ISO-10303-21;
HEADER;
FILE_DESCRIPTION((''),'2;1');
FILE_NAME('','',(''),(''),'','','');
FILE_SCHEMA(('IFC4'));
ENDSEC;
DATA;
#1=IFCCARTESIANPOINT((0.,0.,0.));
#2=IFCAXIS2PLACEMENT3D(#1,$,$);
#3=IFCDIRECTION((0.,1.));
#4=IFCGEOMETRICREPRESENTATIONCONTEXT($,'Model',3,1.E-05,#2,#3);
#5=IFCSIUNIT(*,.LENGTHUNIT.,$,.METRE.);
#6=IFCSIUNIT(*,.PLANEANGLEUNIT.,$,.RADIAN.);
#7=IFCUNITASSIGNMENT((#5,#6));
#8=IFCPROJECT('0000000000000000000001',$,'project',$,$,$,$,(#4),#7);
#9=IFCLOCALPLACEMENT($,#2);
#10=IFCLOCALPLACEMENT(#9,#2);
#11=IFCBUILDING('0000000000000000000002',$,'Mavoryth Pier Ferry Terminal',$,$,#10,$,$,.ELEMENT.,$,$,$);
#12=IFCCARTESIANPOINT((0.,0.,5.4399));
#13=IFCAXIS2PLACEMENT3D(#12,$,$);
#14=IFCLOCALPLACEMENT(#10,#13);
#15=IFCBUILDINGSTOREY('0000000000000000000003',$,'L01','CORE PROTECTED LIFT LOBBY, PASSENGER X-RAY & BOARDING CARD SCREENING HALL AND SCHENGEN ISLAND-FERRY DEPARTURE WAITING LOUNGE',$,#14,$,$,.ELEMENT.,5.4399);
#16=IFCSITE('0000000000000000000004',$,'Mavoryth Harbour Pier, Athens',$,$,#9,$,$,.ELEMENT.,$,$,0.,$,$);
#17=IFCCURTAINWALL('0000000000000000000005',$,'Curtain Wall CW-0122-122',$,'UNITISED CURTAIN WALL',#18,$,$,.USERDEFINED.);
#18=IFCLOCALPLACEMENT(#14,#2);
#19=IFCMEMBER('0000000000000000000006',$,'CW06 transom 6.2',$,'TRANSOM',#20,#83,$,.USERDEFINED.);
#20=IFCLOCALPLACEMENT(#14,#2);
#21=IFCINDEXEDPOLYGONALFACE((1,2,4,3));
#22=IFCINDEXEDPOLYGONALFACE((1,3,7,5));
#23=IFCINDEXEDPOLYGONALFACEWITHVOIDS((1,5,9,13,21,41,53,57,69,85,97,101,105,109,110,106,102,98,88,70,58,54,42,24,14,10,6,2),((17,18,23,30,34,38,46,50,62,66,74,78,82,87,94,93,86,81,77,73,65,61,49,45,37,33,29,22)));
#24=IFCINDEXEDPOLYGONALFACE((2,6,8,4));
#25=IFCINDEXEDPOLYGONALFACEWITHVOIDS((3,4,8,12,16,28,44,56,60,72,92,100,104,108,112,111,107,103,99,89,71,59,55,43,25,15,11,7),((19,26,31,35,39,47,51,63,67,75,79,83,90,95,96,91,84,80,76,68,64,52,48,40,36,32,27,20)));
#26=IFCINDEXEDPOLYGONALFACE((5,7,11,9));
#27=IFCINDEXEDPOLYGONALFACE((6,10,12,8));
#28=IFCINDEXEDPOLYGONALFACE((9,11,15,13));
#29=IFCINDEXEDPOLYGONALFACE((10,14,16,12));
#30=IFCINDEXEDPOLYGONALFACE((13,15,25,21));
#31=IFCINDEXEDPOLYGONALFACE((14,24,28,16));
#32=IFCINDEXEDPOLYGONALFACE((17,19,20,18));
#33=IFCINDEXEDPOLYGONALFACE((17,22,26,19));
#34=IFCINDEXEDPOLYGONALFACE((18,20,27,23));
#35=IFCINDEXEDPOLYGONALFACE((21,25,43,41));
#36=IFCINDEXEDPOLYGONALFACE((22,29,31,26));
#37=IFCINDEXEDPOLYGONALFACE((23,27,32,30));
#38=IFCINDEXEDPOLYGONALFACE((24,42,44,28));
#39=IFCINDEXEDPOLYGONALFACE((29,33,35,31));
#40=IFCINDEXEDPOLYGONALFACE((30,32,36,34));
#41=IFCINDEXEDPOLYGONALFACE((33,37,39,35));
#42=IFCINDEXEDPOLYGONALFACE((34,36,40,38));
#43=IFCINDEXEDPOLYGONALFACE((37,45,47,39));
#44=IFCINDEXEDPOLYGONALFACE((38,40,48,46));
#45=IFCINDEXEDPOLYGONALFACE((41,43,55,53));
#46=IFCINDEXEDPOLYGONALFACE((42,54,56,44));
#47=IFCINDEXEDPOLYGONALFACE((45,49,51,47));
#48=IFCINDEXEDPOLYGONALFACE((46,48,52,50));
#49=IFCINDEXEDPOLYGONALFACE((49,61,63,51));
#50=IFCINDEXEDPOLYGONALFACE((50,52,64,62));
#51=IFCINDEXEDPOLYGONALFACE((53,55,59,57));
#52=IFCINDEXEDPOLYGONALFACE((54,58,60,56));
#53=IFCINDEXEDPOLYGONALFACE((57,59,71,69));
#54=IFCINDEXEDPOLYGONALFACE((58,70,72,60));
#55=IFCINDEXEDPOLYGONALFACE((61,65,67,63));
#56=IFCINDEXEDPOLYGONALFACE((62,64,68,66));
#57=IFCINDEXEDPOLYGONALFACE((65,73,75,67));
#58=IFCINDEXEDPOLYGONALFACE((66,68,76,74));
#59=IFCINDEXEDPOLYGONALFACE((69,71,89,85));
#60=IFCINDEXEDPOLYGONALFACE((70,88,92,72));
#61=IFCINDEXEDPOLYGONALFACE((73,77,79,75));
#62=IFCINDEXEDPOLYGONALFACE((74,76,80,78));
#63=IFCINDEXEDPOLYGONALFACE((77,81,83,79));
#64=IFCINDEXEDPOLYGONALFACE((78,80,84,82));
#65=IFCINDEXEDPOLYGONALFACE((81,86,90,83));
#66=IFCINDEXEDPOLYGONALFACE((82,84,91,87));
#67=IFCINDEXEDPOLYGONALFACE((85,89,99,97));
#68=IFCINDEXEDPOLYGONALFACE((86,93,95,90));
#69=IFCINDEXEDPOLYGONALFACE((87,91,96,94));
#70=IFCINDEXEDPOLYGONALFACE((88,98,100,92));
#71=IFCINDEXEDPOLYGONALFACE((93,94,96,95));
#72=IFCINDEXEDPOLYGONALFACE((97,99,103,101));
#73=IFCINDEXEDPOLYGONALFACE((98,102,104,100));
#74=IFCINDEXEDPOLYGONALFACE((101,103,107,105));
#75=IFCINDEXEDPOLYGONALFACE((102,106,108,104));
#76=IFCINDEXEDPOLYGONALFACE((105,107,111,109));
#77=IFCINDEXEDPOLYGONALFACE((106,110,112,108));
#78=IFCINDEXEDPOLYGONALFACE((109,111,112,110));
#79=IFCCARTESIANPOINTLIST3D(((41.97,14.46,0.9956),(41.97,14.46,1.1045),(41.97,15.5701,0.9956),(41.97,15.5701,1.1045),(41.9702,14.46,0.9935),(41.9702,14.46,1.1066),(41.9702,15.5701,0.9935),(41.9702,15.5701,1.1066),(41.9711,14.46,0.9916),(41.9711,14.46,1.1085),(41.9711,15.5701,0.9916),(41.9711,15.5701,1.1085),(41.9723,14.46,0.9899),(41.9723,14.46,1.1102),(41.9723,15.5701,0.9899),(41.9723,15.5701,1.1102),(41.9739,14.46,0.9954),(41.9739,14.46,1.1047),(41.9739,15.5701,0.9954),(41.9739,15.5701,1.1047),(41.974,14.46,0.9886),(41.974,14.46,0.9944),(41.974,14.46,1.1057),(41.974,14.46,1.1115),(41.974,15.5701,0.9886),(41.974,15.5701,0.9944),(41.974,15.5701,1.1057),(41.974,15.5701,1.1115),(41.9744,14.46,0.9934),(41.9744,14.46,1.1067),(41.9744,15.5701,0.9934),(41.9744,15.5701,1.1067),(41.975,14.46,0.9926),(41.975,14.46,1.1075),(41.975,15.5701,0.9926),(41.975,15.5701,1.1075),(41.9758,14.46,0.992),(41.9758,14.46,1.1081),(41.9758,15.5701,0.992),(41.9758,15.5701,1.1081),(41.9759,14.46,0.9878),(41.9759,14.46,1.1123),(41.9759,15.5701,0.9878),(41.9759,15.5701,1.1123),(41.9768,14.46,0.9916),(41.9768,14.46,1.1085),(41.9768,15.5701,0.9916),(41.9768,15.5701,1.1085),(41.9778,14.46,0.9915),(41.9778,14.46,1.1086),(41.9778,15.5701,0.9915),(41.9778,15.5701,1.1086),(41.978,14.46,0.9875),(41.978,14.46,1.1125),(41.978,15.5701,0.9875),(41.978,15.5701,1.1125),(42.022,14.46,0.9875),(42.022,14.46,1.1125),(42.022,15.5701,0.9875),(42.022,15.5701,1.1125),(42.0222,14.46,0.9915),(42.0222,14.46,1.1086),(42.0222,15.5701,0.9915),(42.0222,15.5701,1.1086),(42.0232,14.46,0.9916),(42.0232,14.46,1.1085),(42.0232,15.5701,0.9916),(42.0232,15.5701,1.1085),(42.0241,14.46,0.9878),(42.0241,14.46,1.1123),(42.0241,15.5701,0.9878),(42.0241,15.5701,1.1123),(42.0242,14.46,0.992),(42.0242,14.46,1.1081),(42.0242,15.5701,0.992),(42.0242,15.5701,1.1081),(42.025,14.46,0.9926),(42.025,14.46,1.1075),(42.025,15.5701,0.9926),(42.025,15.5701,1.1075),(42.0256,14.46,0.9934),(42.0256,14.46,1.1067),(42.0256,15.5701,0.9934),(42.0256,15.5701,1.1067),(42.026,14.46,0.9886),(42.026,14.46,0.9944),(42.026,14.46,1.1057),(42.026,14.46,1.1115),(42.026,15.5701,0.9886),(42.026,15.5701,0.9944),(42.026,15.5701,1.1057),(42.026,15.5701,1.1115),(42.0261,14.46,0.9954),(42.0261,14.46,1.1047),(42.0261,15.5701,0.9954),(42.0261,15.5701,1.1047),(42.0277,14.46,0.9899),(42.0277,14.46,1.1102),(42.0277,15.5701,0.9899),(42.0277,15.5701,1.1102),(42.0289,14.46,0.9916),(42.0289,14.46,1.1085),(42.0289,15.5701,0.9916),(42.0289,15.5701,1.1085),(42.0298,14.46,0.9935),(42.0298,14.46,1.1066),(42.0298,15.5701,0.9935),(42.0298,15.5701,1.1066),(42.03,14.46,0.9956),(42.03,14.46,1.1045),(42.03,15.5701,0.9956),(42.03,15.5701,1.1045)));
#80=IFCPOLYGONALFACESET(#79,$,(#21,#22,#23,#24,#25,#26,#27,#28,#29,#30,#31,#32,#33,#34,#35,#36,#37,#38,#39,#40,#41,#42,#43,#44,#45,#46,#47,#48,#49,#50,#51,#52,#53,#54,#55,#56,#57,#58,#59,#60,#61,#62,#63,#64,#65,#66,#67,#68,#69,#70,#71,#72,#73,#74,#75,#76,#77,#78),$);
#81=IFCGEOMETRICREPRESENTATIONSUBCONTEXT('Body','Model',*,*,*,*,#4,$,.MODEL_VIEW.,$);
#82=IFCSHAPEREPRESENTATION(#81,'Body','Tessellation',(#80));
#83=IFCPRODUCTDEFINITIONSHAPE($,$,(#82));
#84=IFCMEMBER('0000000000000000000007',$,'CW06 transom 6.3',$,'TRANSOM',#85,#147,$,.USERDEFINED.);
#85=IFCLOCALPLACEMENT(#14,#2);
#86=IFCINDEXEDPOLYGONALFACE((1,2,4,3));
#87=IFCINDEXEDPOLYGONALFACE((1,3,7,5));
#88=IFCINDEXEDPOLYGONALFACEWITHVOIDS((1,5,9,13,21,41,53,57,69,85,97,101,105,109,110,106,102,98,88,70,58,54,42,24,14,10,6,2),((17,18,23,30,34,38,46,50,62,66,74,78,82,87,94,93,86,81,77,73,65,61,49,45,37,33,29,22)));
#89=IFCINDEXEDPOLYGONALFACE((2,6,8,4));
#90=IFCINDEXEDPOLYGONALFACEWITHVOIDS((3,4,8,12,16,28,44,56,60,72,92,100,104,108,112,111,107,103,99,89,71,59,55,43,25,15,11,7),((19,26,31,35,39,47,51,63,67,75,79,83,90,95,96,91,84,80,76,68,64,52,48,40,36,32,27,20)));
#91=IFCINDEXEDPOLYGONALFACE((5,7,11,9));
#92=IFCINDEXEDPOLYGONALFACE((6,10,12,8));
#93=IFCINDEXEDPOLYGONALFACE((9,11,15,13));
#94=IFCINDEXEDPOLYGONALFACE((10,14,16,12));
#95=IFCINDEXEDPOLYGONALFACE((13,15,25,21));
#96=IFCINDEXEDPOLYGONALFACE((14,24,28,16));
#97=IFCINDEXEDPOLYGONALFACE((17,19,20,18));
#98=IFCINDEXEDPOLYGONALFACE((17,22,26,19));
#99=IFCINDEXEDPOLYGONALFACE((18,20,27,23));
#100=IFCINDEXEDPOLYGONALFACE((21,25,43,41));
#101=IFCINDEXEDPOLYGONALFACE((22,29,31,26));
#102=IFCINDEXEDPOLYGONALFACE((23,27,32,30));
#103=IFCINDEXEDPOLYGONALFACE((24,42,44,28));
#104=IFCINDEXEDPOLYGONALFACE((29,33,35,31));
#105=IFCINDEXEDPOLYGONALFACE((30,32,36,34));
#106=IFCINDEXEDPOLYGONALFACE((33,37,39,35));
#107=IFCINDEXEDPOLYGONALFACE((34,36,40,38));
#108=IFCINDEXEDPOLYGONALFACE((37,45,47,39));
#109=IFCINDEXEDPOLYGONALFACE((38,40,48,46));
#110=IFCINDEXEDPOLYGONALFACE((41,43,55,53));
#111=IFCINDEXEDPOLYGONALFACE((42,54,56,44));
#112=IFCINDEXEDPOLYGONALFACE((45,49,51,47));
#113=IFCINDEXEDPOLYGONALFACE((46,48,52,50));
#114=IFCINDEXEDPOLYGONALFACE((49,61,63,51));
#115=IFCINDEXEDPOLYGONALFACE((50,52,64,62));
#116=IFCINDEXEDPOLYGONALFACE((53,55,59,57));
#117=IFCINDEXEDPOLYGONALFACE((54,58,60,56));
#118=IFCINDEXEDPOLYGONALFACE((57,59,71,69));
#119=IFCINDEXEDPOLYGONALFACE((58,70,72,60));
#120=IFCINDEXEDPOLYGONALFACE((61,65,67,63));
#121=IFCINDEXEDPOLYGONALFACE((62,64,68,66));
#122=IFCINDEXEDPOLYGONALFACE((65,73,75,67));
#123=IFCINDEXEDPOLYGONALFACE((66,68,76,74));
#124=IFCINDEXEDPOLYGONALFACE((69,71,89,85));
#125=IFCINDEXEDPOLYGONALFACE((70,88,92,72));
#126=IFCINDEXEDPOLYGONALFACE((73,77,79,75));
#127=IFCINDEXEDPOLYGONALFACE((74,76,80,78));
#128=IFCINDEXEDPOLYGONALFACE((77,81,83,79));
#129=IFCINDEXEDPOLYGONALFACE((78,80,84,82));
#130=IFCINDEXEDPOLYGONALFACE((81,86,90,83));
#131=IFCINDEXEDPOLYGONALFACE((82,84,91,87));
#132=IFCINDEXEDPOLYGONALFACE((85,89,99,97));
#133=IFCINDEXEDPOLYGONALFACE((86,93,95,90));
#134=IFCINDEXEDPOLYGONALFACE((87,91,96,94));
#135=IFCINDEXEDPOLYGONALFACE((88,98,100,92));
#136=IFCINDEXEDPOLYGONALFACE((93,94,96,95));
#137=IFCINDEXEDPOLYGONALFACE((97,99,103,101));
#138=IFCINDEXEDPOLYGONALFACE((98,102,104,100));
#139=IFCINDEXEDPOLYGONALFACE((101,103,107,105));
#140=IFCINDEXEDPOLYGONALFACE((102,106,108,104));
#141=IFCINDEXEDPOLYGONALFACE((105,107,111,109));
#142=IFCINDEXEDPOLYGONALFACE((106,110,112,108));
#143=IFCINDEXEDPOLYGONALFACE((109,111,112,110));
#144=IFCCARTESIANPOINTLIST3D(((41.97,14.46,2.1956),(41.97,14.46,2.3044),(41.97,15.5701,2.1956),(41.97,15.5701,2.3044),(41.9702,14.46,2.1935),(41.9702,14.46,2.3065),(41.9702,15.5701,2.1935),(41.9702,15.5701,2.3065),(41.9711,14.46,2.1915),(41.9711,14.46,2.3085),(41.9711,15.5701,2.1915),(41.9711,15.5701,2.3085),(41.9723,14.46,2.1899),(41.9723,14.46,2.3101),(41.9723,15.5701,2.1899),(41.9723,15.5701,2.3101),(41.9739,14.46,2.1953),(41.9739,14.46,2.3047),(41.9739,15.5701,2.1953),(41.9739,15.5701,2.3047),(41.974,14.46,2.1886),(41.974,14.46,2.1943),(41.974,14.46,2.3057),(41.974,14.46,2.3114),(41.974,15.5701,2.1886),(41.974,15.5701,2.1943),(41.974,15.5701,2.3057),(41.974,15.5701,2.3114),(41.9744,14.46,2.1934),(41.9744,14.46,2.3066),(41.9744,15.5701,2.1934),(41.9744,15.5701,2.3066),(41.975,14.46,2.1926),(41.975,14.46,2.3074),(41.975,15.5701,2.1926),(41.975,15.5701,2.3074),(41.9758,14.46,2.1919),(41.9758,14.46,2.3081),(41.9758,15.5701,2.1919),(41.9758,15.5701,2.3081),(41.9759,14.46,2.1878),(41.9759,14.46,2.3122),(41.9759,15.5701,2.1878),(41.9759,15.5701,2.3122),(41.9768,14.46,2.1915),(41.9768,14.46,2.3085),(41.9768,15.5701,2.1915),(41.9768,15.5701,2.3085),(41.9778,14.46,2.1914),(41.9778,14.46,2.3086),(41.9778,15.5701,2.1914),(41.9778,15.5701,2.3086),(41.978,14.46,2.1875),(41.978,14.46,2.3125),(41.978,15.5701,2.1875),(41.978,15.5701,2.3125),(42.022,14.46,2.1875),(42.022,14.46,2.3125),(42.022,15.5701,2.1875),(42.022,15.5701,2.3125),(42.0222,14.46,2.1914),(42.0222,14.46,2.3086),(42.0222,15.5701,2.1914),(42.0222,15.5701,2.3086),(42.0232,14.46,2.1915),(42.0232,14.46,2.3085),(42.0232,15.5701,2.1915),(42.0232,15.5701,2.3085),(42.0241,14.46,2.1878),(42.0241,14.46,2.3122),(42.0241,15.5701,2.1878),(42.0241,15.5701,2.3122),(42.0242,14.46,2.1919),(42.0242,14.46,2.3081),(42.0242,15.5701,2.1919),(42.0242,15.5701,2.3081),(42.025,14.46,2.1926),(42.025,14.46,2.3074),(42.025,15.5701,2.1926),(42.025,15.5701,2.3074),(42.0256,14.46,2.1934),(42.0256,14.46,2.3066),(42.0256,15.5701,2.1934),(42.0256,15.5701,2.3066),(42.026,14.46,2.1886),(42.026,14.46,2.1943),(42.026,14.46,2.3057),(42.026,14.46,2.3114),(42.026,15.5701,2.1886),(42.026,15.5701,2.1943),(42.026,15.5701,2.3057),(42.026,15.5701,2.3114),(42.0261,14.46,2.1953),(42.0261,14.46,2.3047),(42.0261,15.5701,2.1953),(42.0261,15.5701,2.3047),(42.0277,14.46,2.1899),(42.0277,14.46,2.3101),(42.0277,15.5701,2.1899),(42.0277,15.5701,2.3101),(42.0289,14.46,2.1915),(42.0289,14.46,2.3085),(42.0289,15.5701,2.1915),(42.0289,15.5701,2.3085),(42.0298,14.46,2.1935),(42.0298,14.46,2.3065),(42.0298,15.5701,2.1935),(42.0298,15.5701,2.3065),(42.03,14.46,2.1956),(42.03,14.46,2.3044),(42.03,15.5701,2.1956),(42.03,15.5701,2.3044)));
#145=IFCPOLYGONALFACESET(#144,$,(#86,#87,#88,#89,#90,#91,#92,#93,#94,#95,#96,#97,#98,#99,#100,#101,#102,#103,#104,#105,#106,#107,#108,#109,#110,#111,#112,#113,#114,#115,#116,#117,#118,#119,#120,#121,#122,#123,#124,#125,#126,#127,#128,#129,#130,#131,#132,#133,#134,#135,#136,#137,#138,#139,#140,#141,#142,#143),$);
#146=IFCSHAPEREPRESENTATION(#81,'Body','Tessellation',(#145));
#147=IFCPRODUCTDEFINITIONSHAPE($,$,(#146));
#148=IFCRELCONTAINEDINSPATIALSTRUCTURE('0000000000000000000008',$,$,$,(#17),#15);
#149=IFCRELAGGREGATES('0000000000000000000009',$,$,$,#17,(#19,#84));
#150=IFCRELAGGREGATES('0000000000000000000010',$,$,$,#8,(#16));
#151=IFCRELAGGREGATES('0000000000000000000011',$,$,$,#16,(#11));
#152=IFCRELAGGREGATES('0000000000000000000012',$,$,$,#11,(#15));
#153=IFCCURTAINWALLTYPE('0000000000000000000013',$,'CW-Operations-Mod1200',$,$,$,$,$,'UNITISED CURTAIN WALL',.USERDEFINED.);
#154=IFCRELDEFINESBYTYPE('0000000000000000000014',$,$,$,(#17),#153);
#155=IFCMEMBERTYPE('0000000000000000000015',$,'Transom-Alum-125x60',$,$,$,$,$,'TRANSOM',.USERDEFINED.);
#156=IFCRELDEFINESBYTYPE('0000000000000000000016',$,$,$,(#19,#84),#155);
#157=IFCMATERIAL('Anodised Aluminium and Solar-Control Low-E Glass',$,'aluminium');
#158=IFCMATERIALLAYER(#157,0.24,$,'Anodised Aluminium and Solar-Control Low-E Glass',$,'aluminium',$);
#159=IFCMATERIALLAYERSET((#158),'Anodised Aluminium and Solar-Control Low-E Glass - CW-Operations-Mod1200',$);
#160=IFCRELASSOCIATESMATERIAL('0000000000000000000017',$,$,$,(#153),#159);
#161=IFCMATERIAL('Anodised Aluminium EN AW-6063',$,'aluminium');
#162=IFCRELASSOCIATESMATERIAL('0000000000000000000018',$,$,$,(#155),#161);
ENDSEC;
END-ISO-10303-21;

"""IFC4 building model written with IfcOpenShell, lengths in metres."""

from ifc_helpers import new_model, si_unit, direction, frame, origin, origin_2d, place, context, subcontext, project, spatial, hollow_rectangle, extrude, material, layer, layer_set, material_profile, profile_set, type_object, element, aggregate, save


model = new_model("IFC4")

# Units and contexts
model_context = context("Model", 3, precision=1e-05, world=origin(), true_north=direction((0.0, 1.0)))
body_context = subcontext(model_context, "Body", "Model", "MODEL_VIEW")
ifc_project = project(units=[si_unit("LENGTHUNIT", "METRE"), si_unit("PLANEANGLEUNIT", "RADIAN")], contexts=[model_context])

# Site, building, storey
site_placement = place(None, origin())
site = spatial("IfcSite", under=ifc_project, at=site_placement, Name="Mavoryth Harbour Pier, Athens", CompositionType="ELEMENT", RefElevation=0.0)
building_placement = place(site_placement, origin())
building = spatial("IfcBuilding", under=site, at=building_placement, Name="Mavoryth Pier Ferry Terminal", CompositionType="ELEMENT")
storey_placement = place(building_placement, frame((0.0, 0.0, 5.4399)))
storey = spatial("IfcBuildingStorey", under=building, at=storey_placement, Name="L01", Description="CORE PROTECTED LIFT LOBBY, PASSENGER X-RAY & BOARDING CARD SCREENING HALL AND SCHENGEN ISLAND-FERRY DEPARTURE WAITING LOUNGE", CompositionType="ELEMENT", Elevation=5.4399)

# Curtain wall
ifc_material_1 = material(Name="Anodised Aluminium and Solar-Control Low-E Glass", Category="aluminium")
ifc_layer_1 = layer(ifc_material_1, 0.24, Name="Anodised Aluminium and Solar-Control Low-E Glass", Category="aluminium")
ifc_layer_set_1 = layer_set([ifc_layer_1], Name="Anodised Aluminium and Solar-Control Low-E Glass - CW-Operations-Mod1200")
curtain_wall_type_1 = type_object("IfcCurtainWallType", Name="CW-Operations-Mod1200", ElementType="UNITISED CURTAIN WALL", PredefinedType="USERDEFINED", material=ifc_layer_set_1)
ifc_material_2 = material(Name="Anodised Aluminium EN AW-6063", Category="aluminium")
curtain_wall_1_placement = place(storey_placement, origin())
curtain_wall_1 = element("IfcCurtainWall", 1, at=curtain_wall_1_placement, inside=storey, type_object=curtain_wall_type_1, Name="Curtain Wall CW-0122-122", ObjectType="UNITISED CURTAIN WALL", PredefinedType="USERDEFINED")

# Members
ifc_material_profile_1 = material_profile(ifc_material_2, hollow_rectangle(XDim=0.0601, YDim=0.125, WallThickness=0.0039, InnerFilletRadius=0.0039, OuterFilletRadius=0.0081, at=origin_2d()), Name="AL-TRAN 125x60x4", Category="aluminium")
ifc_profile_set_1 = profile_set([ifc_material_profile_1], Name="Anodised Aluminium EN AW-6063 - AL-TRAN 125x60x4")
member_type_1 = type_object("IfcMemberType", Name="Transom-Alum-125x60", ElementType="TRANSOM", PredefinedType="USERDEFINED", material=ifc_profile_set_1)
member_1_placement = place(storey_placement, frame((42.0, 15.5701, 1.05), z_axis=(0.0, -1.0, 0.0), x_axis=(1.0, 0.0, 0.0)))
member_1 = element("IfcMember", 2, at=member_1_placement, type_object=member_type_1, Name="CW06 transom 6.2", ObjectType="TRANSOM", PredefinedType="USERDEFINED", context=body_context, shape_type="SweptSolid", body=[
    extrude(hollow_rectangle(XDim=0.0601, YDim=0.125, WallThickness=0.0039, InnerFilletRadius=0.0039, OuterFilletRadius=0.0081, at=origin_2d()), origin(), (0.0, 0.0, 1.0), 1.1101),
])
member_2_placement = place(storey_placement, frame((42.0, 15.5701, 2.25), z_axis=(0.0, -1.0, 0.0), x_axis=(1.0, 0.0, 0.0)))
member_2 = element("IfcMember", 3, at=member_2_placement, type_object=member_type_1, Name="CW06 transom 6.3", ObjectType="TRANSOM", PredefinedType="USERDEFINED", context=body_context, shape_type="SweptSolid", body=[
    extrude(hollow_rectangle(XDim=0.0601, YDim=0.125, WallThickness=0.0039, InnerFilletRadius=0.0039, OuterFilletRadius=0.0081, at=origin_2d()), origin(), (0.0, 0.0, 1.0), 1.1101),
])

aggregate(curtain_wall_1, [member_1, member_2])

save(model, "model.ifc")
